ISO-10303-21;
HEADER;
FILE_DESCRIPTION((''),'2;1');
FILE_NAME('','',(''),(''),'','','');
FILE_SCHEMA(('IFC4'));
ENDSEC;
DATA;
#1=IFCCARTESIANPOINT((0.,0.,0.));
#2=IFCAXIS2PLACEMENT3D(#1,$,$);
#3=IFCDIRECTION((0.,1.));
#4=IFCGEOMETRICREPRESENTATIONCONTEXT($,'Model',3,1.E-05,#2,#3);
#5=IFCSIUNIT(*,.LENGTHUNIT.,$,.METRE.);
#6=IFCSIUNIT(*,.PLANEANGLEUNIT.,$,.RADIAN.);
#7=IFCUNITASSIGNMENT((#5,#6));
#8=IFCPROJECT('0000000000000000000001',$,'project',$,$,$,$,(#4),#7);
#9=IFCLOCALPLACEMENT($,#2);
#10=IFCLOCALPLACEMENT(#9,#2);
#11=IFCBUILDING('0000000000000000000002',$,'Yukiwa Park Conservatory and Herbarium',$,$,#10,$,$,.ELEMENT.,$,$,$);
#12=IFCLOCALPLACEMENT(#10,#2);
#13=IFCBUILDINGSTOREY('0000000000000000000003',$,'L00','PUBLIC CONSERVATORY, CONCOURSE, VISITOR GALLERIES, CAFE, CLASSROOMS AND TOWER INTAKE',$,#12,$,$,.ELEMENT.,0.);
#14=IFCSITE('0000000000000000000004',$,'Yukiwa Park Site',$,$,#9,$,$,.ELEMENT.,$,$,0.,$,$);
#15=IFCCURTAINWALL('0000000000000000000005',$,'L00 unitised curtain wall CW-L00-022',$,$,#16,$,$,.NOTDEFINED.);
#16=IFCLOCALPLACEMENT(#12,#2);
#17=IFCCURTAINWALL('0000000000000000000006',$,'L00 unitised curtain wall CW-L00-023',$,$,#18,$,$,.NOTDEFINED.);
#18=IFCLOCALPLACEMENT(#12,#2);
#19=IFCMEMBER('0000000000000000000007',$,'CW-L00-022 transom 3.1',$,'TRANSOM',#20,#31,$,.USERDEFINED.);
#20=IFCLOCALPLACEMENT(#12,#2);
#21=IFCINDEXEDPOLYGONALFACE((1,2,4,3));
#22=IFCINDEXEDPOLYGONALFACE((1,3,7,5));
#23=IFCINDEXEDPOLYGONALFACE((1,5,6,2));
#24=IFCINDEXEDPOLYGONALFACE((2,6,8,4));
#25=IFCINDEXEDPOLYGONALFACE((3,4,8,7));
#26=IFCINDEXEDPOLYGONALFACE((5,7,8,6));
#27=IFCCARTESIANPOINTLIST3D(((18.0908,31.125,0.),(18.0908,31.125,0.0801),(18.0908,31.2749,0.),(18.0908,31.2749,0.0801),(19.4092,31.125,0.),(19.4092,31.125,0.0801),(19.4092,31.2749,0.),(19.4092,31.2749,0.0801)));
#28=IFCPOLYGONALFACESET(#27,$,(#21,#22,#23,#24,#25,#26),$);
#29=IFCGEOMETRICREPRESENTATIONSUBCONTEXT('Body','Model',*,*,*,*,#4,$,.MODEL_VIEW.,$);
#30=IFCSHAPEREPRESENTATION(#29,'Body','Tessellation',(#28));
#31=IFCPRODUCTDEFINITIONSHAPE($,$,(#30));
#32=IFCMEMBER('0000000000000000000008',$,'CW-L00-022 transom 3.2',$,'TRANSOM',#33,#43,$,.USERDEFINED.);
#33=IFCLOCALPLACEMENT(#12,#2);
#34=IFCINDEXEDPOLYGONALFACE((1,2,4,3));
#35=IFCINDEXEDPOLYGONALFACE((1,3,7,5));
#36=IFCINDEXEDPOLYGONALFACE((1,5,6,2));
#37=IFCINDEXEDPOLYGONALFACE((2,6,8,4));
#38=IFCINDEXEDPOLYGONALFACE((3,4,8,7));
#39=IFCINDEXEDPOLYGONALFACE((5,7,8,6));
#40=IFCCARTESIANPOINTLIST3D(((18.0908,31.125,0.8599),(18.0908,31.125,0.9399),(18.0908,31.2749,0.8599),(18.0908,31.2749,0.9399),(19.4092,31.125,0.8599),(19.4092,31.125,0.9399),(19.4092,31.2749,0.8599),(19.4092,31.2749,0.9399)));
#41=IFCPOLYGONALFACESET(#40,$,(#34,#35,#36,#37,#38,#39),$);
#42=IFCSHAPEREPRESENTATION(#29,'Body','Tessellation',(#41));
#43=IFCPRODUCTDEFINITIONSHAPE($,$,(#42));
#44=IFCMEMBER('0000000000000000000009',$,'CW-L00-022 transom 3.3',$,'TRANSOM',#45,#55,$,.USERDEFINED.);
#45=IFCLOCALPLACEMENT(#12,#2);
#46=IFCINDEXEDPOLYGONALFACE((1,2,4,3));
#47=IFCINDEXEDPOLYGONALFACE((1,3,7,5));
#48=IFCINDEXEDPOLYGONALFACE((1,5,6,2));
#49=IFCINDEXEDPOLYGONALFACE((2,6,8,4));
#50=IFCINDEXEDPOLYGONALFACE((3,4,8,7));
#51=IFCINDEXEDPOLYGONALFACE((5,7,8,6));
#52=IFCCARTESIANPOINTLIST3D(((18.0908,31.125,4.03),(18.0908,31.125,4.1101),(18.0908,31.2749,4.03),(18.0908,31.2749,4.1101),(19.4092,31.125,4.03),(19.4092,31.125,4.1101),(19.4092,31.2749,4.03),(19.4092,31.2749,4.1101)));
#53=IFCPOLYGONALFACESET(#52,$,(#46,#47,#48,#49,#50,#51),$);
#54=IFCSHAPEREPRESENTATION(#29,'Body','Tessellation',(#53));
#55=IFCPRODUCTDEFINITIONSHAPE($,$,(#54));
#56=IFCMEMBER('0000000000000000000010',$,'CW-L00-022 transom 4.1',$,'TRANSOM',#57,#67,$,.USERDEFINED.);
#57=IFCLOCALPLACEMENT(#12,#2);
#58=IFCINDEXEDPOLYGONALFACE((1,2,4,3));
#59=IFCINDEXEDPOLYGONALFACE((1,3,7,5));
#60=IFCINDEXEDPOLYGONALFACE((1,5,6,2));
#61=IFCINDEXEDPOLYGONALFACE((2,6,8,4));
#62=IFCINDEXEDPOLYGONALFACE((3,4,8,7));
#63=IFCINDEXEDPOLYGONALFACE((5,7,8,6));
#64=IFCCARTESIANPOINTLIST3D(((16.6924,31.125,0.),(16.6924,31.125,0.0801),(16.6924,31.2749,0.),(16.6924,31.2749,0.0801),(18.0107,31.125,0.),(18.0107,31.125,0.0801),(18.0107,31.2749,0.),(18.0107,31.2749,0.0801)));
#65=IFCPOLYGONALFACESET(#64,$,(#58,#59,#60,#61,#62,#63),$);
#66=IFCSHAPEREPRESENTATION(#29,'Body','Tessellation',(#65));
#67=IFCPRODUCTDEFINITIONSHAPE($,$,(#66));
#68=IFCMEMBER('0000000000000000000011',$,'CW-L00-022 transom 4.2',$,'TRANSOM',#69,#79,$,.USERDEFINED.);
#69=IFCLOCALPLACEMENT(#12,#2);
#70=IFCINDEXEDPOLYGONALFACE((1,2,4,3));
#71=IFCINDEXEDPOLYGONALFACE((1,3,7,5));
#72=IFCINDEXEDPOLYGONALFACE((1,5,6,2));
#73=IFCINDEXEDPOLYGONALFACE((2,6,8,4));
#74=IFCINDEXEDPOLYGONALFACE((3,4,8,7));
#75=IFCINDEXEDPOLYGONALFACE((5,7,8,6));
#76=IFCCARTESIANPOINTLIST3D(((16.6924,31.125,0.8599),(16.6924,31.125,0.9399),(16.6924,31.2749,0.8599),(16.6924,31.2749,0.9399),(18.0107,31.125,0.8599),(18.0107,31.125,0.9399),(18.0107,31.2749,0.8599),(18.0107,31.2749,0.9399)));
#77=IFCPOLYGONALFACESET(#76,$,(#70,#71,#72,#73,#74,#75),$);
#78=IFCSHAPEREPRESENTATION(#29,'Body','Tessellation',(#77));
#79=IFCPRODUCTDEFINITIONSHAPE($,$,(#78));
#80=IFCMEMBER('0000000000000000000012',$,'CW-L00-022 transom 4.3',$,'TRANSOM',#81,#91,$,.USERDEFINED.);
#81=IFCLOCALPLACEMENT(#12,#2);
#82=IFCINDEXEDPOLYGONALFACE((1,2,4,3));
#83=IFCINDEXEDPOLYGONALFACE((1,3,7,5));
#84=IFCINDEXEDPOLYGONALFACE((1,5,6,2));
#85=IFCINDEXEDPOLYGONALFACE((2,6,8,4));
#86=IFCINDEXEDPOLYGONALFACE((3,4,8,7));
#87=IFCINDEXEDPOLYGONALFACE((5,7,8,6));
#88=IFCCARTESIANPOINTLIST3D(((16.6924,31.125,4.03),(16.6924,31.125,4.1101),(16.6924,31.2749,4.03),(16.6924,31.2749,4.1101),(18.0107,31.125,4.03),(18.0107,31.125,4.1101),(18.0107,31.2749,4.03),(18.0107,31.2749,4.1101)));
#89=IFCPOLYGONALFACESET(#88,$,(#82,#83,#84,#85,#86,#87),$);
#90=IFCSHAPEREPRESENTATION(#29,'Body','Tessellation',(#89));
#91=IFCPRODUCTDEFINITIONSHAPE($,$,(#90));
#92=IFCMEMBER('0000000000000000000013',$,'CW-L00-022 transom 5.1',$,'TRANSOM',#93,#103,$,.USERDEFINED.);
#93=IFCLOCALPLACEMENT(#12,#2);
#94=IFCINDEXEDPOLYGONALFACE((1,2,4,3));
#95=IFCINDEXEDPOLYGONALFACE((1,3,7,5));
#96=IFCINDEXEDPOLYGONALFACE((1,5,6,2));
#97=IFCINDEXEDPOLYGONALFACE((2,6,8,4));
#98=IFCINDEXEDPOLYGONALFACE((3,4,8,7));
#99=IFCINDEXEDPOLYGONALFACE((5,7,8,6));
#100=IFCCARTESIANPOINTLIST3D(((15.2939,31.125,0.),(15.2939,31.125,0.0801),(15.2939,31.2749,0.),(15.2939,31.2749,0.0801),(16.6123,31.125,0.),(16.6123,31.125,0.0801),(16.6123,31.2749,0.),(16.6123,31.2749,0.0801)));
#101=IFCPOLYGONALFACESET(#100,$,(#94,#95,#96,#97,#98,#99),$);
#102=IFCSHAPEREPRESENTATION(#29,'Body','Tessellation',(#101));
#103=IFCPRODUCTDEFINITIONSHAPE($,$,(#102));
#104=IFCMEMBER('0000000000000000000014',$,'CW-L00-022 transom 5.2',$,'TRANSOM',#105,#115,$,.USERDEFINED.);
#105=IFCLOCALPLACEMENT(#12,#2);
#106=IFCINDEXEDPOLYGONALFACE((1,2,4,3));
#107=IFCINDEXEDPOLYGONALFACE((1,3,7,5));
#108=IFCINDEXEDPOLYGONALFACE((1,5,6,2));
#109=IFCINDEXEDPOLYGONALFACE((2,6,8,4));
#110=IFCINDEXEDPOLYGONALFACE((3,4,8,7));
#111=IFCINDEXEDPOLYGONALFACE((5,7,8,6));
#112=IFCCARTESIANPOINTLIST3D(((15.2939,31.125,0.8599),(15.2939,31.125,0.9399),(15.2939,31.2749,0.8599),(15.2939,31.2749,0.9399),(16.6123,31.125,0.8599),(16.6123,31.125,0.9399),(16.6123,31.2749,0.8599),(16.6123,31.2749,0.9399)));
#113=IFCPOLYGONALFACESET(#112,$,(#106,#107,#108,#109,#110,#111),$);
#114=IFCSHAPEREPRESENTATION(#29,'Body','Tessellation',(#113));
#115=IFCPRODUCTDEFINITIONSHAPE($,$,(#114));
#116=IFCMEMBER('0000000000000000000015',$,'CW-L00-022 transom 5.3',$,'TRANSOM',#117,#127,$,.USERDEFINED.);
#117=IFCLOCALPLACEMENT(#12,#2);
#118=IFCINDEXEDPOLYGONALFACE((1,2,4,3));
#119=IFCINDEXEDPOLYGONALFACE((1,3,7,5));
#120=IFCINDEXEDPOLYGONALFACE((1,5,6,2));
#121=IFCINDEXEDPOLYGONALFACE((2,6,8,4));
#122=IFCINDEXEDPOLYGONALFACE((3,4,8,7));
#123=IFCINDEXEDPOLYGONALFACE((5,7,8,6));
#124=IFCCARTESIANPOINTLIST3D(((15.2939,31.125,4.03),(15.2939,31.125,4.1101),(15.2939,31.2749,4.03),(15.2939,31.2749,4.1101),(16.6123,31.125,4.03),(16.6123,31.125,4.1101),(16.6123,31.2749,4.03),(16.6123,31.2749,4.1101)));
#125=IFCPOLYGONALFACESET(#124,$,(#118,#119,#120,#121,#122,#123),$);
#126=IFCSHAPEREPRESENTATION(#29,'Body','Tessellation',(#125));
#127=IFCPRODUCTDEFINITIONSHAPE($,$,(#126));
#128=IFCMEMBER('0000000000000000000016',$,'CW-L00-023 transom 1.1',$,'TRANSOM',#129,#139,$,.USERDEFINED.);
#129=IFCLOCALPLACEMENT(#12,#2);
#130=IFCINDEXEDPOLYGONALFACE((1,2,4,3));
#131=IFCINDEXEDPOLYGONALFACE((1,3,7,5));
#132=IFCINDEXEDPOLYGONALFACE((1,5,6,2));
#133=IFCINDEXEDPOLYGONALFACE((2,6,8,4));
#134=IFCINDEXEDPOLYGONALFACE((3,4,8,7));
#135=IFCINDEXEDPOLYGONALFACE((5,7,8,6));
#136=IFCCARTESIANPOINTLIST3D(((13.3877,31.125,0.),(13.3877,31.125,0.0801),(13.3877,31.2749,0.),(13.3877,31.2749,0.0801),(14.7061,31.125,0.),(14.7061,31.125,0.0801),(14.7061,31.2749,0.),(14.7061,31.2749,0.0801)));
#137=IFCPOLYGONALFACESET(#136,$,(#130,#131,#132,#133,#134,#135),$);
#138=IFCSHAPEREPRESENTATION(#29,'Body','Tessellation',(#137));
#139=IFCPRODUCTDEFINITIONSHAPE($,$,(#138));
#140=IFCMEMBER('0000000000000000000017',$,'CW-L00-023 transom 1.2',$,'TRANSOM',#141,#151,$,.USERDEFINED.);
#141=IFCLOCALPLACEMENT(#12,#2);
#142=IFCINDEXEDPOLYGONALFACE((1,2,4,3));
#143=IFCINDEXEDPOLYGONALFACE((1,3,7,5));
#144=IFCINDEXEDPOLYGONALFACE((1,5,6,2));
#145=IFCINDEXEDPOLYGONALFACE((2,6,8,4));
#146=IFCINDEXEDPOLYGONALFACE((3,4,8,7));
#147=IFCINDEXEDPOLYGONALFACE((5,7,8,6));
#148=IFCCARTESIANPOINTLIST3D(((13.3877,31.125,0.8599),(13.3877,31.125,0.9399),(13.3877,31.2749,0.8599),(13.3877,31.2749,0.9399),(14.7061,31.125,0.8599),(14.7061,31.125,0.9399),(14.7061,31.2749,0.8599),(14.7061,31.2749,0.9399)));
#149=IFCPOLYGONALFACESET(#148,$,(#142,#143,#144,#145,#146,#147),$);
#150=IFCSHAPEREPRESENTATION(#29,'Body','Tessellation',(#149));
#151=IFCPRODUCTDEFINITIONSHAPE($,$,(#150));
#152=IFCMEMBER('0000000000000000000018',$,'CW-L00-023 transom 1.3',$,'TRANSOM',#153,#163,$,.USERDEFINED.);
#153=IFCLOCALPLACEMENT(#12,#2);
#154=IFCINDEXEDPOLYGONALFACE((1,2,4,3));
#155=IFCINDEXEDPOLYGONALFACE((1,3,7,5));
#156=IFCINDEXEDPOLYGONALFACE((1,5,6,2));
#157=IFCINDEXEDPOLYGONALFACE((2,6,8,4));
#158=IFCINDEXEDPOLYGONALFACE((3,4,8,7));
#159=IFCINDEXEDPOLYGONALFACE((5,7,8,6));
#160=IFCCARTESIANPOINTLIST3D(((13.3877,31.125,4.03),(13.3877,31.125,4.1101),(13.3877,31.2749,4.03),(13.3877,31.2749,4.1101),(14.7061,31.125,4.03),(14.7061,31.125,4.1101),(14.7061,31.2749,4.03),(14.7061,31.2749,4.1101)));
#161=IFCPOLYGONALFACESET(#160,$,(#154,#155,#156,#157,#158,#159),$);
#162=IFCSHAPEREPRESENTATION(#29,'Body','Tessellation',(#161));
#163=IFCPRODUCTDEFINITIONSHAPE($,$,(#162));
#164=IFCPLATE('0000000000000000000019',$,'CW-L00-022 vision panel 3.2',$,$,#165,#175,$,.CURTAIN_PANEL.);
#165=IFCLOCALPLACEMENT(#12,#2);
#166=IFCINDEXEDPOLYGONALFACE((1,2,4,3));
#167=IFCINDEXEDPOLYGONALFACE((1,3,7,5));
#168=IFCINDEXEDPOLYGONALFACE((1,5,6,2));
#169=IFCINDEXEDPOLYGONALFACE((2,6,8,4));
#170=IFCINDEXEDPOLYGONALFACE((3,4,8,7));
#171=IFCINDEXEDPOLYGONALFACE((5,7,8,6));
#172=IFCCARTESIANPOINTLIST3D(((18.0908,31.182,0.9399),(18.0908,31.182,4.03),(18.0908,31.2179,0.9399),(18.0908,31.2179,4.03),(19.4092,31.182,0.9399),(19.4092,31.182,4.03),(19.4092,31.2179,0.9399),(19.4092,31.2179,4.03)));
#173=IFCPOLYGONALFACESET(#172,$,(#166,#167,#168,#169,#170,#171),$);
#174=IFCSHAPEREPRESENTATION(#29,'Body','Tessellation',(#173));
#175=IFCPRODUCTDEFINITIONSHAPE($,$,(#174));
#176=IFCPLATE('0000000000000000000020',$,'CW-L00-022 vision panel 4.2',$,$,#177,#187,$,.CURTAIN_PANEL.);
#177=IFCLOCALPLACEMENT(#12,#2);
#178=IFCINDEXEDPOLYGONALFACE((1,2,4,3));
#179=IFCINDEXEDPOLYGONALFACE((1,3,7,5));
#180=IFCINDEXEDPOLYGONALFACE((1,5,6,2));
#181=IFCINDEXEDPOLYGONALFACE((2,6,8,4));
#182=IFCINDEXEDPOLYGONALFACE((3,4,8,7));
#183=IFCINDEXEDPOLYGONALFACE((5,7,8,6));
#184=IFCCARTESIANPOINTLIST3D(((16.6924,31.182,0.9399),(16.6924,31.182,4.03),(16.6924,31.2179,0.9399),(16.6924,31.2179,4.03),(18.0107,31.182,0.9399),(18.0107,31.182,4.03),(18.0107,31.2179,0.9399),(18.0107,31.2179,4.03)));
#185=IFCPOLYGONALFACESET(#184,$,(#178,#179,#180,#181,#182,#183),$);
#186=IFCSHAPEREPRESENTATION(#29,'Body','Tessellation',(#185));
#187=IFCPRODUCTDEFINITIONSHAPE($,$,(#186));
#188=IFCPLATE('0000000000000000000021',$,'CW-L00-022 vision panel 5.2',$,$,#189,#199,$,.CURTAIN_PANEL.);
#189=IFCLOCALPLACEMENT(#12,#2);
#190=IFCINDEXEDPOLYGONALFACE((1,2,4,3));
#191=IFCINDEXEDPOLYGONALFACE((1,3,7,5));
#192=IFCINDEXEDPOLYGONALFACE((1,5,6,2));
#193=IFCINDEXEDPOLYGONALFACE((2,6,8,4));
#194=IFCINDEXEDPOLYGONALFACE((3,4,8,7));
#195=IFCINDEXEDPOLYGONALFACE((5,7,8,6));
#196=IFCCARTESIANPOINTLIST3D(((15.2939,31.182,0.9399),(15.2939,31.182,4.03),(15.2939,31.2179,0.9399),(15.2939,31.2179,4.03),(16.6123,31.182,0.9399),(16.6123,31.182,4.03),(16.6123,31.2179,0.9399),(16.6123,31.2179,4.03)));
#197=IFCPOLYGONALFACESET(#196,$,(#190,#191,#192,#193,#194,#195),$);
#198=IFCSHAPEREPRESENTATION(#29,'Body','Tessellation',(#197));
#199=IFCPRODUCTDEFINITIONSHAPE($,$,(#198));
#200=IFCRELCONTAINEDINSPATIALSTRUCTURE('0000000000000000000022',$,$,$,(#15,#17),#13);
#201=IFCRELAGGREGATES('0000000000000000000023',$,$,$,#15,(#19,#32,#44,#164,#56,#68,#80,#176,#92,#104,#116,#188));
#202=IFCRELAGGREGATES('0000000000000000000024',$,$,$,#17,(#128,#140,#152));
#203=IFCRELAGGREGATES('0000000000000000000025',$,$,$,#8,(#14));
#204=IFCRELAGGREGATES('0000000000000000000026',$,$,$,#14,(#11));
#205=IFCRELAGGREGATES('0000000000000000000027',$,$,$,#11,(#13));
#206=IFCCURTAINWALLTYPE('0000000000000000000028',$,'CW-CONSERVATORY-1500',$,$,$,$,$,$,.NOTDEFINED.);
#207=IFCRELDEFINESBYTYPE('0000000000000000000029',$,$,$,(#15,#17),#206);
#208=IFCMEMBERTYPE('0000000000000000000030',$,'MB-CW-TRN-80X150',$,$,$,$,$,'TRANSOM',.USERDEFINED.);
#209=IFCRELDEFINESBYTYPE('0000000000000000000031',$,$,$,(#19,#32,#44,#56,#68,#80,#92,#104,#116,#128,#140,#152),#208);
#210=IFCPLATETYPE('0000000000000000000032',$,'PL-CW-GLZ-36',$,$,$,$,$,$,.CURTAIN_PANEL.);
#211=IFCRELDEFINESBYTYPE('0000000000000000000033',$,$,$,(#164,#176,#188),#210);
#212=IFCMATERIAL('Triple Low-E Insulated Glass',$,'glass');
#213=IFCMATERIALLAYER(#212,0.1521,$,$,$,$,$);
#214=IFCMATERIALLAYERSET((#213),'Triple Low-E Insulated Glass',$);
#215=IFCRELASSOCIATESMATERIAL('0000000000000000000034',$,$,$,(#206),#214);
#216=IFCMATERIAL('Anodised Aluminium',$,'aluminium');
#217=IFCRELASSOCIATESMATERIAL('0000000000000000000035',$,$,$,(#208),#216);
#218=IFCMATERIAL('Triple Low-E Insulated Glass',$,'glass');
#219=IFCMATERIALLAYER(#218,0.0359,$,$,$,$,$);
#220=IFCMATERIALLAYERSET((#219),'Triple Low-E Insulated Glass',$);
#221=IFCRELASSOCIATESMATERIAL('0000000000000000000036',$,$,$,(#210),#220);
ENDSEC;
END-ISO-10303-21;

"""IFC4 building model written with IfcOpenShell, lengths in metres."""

from ifc_helpers import new_model, si_unit, direction, frame, origin, origin_2d, place, context, subcontext, project, spatial, rectangle, extrude, material, layer, layer_set, type_object, element, aggregate, save


model = new_model("IFC4")

# Units and contexts
model_context = context("Model", 3, precision=1e-05, world=origin(), true_north=direction((0.0, 1.0)))
body_context = subcontext(model_context, "Body", "Model", "MODEL_VIEW")
ifc_project = project(units=[si_unit("LENGTHUNIT", "METRE"), si_unit("PLANEANGLEUNIT", "RADIAN")], contexts=[model_context])

# Site, building, storey
site_placement = place(None, origin())
site = spatial("IfcSite", under=ifc_project, at=site_placement, Name="Yukiwa Park Site", CompositionType="ELEMENT", RefElevation=0.0)
building_placement = place(site_placement, origin())
building = spatial("IfcBuilding", under=site, at=building_placement, Name="Yukiwa Park Conservatory and Herbarium", CompositionType="ELEMENT")
storey_placement = place(building_placement, origin())
storey = spatial("IfcBuildingStorey", under=building, at=storey_placement, Name="L00", Description="PUBLIC CONSERVATORY, CONCOURSE, VISITOR GALLERIES, CAFE, CLASSROOMS AND TOWER INTAKE", CompositionType="ELEMENT", Elevation=0.0)

# Curtain walls
ifc_material_1 = material(Name="Triple Low-E Insulated Glass", Category="glass")
ifc_layer_1 = layer(ifc_material_1, 0.1521)
ifc_layer_set_1 = layer_set([ifc_layer_1], Name="Triple Low-E Insulated Glass")
curtain_wall_type = type_object("IfcCurtainWallType", Name="CW-CONSERVATORY-1500", PredefinedType="NOTDEFINED", material=ifc_layer_set_1)
curtain_wall_1_placement = place(storey_placement, origin())
curtain_wall_1 = element("IfcCurtainWall", 1, at=curtain_wall_1_placement, inside=storey, type_object=curtain_wall_type, Name="L00 unitised curtain wall CW-L00-022", PredefinedType="NOTDEFINED")
curtain_wall_2_placement = place(storey_placement, origin())
curtain_wall_2 = element("IfcCurtainWall", 2, at=curtain_wall_2_placement, inside=storey, type_object=curtain_wall_type, Name="L00 unitised curtain wall CW-L00-023", PredefinedType="NOTDEFINED")

# Members
ifc_material_2 = material(Name="Anodised Aluminium", Category="aluminium")
member_type_1 = type_object("IfcMemberType", Name="MB-CW-TRN-80X150", ElementType="TRANSOM", PredefinedType="USERDEFINED", material=ifc_material_2)
member_1_placement = place(storey_placement, frame((18.75, 31.2, 0.0), z_axis=(0.0, 0.0, 1.0), x_axis=(-1.0, 0.0, 0.0)))
member_1 = element("IfcMember", 3, at=member_1_placement, type_object=member_type_1, Name="CW-L00-022 transom 3.1", ObjectType="TRANSOM", PredefinedType="USERDEFINED", context=body_context, shape_type="SweptSolid", body=[
    extrude(rectangle(XDim=1.3184, YDim=0.1499, at=origin_2d()), origin(), (0.0, 0.0, 1.0), 0.0801),
])
member_2_placement = place(storey_placement, frame((18.75, 31.2, 0.8599), z_axis=(0.0, 0.0, 1.0), x_axis=(-1.0, 0.0, 0.0)))
member_2 = element("IfcMember", 4, at=member_2_placement, type_object=member_type_1, Name="CW-L00-022 transom 3.2", ObjectType="TRANSOM", PredefinedType="USERDEFINED", context=body_context, shape_type="SweptSolid", body=[
    extrude(rectangle(XDim=1.3184, YDim=0.1499, at=origin_2d()), origin(), (0.0, 0.0, 1.0), 0.0801),
])
member_3_placement = place(storey_placement, frame((18.75, 31.2, 4.03), z_axis=(0.0, 0.0, 1.0), x_axis=(-1.0, 0.0, 0.0)))
member_3 = element("IfcMember", 5, at=member_3_placement, type_object=member_type_1, Name="CW-L00-022 transom 3.3", ObjectType="TRANSOM", PredefinedType="USERDEFINED", context=body_context, shape_type="SweptSolid", body=[
    extrude(rectangle(XDim=1.3184, YDim=0.1499, at=origin_2d()), origin(), (0.0, 0.0, 1.0), 0.0801),
])
member_4_placement = place(storey_placement, frame((17.3516, 31.2, 0.0), z_axis=(0.0, 0.0, 1.0), x_axis=(-1.0, 0.0, 0.0)))
member_4 = element("IfcMember", 6, at=member_4_placement, type_object=member_type_1, Name="CW-L00-022 transom 4.1", ObjectType="TRANSOM", PredefinedType="USERDEFINED", context=body_context, shape_type="SweptSolid", body=[
    extrude(rectangle(XDim=1.3184, YDim=0.1499, at=origin_2d()), origin(), (0.0, 0.0, 1.0), 0.0801),
])
member_5_placement = place(storey_placement, frame((17.3516, 31.2, 0.8599), z_axis=(0.0, 0.0, 1.0), x_axis=(-1.0, 0.0, 0.0)))
member_5 = element("IfcMember", 7, at=member_5_placement, type_object=member_type_1, Name="CW-L00-022 transom 4.2", ObjectType="TRANSOM", PredefinedType="USERDEFINED", context=body_context, shape_type="SweptSolid", body=[
    extrude(rectangle(XDim=1.3184, YDim=0.1499, at=origin_2d()), origin(), (0.0, 0.0, 1.0), 0.0801),
])
member_6_placement = place(storey_placement, frame((17.3516, 31.2, 4.03), z_axis=(0.0, 0.0, 1.0), x_axis=(-1.0, 0.0, 0.0)))
member_6 = element("IfcMember", 8, at=member_6_placement, type_object=member_type_1, Name="CW-L00-022 transom 4.3", ObjectType="TRANSOM", PredefinedType="USERDEFINED", context=body_context, shape_type="SweptSolid", body=[
    extrude(rectangle(XDim=1.3184, YDim=0.1499, at=origin_2d()), origin(), (0.0, 0.0, 1.0), 0.0801),
])
member_7_placement = place(storey_placement, frame((15.9531, 31.2, 0.0), z_axis=(0.0, 0.0, 1.0), x_axis=(-1.0, 0.0, 0.0)))
member_7 = element("IfcMember", 9, at=member_7_placement, type_object=member_type_1, Name="CW-L00-022 transom 5.1", ObjectType="TRANSOM", PredefinedType="USERDEFINED", context=body_context, shape_type="SweptSolid", body=[
    extrude(rectangle(XDim=1.3184, YDim=0.1499, at=origin_2d()), origin(), (0.0, 0.0, 1.0), 0.0801),
])
member_8_placement = place(storey_placement, frame((15.9531, 31.2, 0.8599), z_axis=(0.0, 0.0, 1.0), x_axis=(-1.0, 0.0, 0.0)))
member_8 = element("IfcMember", 10, at=member_8_placement, type_object=member_type_1, Name="CW-L00-022 transom 5.2", ObjectType="TRANSOM", PredefinedType="USERDEFINED", context=body_context, shape_type="SweptSolid", body=[
    extrude(rectangle(XDim=1.3184, YDim=0.1499, at=origin_2d()), origin(), (0.0, 0.0, 1.0), 0.0801),
])
member_9_placement = place(storey_placement, frame((15.9531, 31.2, 4.03), z_axis=(0.0, 0.0, 1.0), x_axis=(-1.0, 0.0, 0.0)))
member_9 = element("IfcMember", 11, at=member_9_placement, type_object=member_type_1, Name="CW-L00-022 transom 5.3", ObjectType="TRANSOM", PredefinedType="USERDEFINED", context=body_context, shape_type="SweptSolid", body=[
    extrude(rectangle(XDim=1.3184, YDim=0.1499, at=origin_2d()), origin(), (0.0, 0.0, 1.0), 0.0801),
])
member_10_placement = place(storey_placement, frame((14.0469, 31.2, 0.0), z_axis=(0.0, 0.0, 1.0), x_axis=(-1.0, 0.0, 0.0)))
member_10 = element("IfcMember", 12, at=member_10_placement, type_object=member_type_1, Name="CW-L00-023 transom 1.1", ObjectType="TRANSOM", PredefinedType="USERDEFINED", context=body_context, shape_type="SweptSolid", body=[
    extrude(rectangle(XDim=1.3184, YDim=0.1499, at=origin_2d()), origin(), (0.0, 0.0, 1.0), 0.0801),
])
member_11_placement = place(storey_placement, frame((14.0469, 31.2, 0.8599), z_axis=(0.0, 0.0, 1.0), x_axis=(-1.0, 0.0, 0.0)))
member_11 = element("IfcMember", 13, at=member_11_placement, type_object=member_type_1, Name="CW-L00-023 transom 1.2", ObjectType="TRANSOM", PredefinedType="USERDEFINED", context=body_context, shape_type="SweptSolid", body=[
    extrude(rectangle(XDim=1.3184, YDim=0.1499, at=origin_2d()), origin(), (0.0, 0.0, 1.0), 0.0801),
])
member_12_placement = place(storey_placement, frame((14.0469, 31.2, 4.03), z_axis=(0.0, 0.0, 1.0), x_axis=(-1.0, 0.0, 0.0)))
member_12 = element("IfcMember", 14, at=member_12_placement, type_object=member_type_1, Name="CW-L00-023 transom 1.3", ObjectType="TRANSOM", PredefinedType="USERDEFINED", context=body_context, shape_type="SweptSolid", body=[
    extrude(rectangle(XDim=1.3184, YDim=0.1499, at=origin_2d()), origin(), (0.0, 0.0, 1.0), 0.0801),
])

# Plates
ifc_material_3 = material(Name="Triple Low-E Insulated Glass", Category="glass")
ifc_layer_2 = layer(ifc_material_3, 0.0359)
ifc_layer_set_2 = layer_set([ifc_layer_2], Name="Triple Low-E Insulated Glass")
plate_type_1 = type_object("IfcPlateType", Name="PL-CW-GLZ-36", PredefinedType="CURTAIN_PANEL", material=ifc_layer_set_2)
plate_1_placement = place(storey_placement, frame((18.75, 31.2, 0.9399), z_axis=(0.0, 0.0, 1.0), x_axis=(-1.0, 0.0, 0.0)))
plate_1 = element("IfcPlate", 15, at=plate_1_placement, type_object=plate_type_1, Name="CW-L00-022 vision panel 3.2", PredefinedType="CURTAIN_PANEL", context=body_context, shape_type="SweptSolid", body=[
    extrude(rectangle(XDim=1.3184, YDim=0.0359, at=origin_2d()), origin(), (0.0, 0.0, 1.0), 3.0901),
])
plate_2_placement = place(storey_placement, frame((17.3516, 31.2, 0.9399), z_axis=(0.0, 0.0, 1.0), x_axis=(-1.0, 0.0, 0.0)))
plate_2 = element("IfcPlate", 16, at=plate_2_placement, type_object=plate_type_1, Name="CW-L00-022 vision panel 4.2", PredefinedType="CURTAIN_PANEL", context=body_context, shape_type="SweptSolid", body=[
    extrude(rectangle(XDim=1.3184, YDim=0.0359, at=origin_2d()), origin(), (0.0, 0.0, 1.0), 3.0901),
])
plate_3_placement = place(storey_placement, frame((15.9531, 31.2, 0.9399), z_axis=(0.0, 0.0, 1.0), x_axis=(-1.0, 0.0, 0.0)))
plate_3 = element("IfcPlate", 17, at=plate_3_placement, type_object=plate_type_1, Name="CW-L00-022 vision panel 5.2", PredefinedType="CURTAIN_PANEL", context=body_context, shape_type="SweptSolid", body=[
    extrude(rectangle(XDim=1.3184, YDim=0.0359, at=origin_2d()), origin(), (0.0, 0.0, 1.0), 3.0901),
])
aggregate(curtain_wall_1, [member_1, member_2, member_3, plate_1, member_4, member_5, member_6, plate_2, member_7, member_8, member_9, plate_3])
aggregate(curtain_wall_2, [member_10, member_11, member_12])

save(model, "model.ifc")
